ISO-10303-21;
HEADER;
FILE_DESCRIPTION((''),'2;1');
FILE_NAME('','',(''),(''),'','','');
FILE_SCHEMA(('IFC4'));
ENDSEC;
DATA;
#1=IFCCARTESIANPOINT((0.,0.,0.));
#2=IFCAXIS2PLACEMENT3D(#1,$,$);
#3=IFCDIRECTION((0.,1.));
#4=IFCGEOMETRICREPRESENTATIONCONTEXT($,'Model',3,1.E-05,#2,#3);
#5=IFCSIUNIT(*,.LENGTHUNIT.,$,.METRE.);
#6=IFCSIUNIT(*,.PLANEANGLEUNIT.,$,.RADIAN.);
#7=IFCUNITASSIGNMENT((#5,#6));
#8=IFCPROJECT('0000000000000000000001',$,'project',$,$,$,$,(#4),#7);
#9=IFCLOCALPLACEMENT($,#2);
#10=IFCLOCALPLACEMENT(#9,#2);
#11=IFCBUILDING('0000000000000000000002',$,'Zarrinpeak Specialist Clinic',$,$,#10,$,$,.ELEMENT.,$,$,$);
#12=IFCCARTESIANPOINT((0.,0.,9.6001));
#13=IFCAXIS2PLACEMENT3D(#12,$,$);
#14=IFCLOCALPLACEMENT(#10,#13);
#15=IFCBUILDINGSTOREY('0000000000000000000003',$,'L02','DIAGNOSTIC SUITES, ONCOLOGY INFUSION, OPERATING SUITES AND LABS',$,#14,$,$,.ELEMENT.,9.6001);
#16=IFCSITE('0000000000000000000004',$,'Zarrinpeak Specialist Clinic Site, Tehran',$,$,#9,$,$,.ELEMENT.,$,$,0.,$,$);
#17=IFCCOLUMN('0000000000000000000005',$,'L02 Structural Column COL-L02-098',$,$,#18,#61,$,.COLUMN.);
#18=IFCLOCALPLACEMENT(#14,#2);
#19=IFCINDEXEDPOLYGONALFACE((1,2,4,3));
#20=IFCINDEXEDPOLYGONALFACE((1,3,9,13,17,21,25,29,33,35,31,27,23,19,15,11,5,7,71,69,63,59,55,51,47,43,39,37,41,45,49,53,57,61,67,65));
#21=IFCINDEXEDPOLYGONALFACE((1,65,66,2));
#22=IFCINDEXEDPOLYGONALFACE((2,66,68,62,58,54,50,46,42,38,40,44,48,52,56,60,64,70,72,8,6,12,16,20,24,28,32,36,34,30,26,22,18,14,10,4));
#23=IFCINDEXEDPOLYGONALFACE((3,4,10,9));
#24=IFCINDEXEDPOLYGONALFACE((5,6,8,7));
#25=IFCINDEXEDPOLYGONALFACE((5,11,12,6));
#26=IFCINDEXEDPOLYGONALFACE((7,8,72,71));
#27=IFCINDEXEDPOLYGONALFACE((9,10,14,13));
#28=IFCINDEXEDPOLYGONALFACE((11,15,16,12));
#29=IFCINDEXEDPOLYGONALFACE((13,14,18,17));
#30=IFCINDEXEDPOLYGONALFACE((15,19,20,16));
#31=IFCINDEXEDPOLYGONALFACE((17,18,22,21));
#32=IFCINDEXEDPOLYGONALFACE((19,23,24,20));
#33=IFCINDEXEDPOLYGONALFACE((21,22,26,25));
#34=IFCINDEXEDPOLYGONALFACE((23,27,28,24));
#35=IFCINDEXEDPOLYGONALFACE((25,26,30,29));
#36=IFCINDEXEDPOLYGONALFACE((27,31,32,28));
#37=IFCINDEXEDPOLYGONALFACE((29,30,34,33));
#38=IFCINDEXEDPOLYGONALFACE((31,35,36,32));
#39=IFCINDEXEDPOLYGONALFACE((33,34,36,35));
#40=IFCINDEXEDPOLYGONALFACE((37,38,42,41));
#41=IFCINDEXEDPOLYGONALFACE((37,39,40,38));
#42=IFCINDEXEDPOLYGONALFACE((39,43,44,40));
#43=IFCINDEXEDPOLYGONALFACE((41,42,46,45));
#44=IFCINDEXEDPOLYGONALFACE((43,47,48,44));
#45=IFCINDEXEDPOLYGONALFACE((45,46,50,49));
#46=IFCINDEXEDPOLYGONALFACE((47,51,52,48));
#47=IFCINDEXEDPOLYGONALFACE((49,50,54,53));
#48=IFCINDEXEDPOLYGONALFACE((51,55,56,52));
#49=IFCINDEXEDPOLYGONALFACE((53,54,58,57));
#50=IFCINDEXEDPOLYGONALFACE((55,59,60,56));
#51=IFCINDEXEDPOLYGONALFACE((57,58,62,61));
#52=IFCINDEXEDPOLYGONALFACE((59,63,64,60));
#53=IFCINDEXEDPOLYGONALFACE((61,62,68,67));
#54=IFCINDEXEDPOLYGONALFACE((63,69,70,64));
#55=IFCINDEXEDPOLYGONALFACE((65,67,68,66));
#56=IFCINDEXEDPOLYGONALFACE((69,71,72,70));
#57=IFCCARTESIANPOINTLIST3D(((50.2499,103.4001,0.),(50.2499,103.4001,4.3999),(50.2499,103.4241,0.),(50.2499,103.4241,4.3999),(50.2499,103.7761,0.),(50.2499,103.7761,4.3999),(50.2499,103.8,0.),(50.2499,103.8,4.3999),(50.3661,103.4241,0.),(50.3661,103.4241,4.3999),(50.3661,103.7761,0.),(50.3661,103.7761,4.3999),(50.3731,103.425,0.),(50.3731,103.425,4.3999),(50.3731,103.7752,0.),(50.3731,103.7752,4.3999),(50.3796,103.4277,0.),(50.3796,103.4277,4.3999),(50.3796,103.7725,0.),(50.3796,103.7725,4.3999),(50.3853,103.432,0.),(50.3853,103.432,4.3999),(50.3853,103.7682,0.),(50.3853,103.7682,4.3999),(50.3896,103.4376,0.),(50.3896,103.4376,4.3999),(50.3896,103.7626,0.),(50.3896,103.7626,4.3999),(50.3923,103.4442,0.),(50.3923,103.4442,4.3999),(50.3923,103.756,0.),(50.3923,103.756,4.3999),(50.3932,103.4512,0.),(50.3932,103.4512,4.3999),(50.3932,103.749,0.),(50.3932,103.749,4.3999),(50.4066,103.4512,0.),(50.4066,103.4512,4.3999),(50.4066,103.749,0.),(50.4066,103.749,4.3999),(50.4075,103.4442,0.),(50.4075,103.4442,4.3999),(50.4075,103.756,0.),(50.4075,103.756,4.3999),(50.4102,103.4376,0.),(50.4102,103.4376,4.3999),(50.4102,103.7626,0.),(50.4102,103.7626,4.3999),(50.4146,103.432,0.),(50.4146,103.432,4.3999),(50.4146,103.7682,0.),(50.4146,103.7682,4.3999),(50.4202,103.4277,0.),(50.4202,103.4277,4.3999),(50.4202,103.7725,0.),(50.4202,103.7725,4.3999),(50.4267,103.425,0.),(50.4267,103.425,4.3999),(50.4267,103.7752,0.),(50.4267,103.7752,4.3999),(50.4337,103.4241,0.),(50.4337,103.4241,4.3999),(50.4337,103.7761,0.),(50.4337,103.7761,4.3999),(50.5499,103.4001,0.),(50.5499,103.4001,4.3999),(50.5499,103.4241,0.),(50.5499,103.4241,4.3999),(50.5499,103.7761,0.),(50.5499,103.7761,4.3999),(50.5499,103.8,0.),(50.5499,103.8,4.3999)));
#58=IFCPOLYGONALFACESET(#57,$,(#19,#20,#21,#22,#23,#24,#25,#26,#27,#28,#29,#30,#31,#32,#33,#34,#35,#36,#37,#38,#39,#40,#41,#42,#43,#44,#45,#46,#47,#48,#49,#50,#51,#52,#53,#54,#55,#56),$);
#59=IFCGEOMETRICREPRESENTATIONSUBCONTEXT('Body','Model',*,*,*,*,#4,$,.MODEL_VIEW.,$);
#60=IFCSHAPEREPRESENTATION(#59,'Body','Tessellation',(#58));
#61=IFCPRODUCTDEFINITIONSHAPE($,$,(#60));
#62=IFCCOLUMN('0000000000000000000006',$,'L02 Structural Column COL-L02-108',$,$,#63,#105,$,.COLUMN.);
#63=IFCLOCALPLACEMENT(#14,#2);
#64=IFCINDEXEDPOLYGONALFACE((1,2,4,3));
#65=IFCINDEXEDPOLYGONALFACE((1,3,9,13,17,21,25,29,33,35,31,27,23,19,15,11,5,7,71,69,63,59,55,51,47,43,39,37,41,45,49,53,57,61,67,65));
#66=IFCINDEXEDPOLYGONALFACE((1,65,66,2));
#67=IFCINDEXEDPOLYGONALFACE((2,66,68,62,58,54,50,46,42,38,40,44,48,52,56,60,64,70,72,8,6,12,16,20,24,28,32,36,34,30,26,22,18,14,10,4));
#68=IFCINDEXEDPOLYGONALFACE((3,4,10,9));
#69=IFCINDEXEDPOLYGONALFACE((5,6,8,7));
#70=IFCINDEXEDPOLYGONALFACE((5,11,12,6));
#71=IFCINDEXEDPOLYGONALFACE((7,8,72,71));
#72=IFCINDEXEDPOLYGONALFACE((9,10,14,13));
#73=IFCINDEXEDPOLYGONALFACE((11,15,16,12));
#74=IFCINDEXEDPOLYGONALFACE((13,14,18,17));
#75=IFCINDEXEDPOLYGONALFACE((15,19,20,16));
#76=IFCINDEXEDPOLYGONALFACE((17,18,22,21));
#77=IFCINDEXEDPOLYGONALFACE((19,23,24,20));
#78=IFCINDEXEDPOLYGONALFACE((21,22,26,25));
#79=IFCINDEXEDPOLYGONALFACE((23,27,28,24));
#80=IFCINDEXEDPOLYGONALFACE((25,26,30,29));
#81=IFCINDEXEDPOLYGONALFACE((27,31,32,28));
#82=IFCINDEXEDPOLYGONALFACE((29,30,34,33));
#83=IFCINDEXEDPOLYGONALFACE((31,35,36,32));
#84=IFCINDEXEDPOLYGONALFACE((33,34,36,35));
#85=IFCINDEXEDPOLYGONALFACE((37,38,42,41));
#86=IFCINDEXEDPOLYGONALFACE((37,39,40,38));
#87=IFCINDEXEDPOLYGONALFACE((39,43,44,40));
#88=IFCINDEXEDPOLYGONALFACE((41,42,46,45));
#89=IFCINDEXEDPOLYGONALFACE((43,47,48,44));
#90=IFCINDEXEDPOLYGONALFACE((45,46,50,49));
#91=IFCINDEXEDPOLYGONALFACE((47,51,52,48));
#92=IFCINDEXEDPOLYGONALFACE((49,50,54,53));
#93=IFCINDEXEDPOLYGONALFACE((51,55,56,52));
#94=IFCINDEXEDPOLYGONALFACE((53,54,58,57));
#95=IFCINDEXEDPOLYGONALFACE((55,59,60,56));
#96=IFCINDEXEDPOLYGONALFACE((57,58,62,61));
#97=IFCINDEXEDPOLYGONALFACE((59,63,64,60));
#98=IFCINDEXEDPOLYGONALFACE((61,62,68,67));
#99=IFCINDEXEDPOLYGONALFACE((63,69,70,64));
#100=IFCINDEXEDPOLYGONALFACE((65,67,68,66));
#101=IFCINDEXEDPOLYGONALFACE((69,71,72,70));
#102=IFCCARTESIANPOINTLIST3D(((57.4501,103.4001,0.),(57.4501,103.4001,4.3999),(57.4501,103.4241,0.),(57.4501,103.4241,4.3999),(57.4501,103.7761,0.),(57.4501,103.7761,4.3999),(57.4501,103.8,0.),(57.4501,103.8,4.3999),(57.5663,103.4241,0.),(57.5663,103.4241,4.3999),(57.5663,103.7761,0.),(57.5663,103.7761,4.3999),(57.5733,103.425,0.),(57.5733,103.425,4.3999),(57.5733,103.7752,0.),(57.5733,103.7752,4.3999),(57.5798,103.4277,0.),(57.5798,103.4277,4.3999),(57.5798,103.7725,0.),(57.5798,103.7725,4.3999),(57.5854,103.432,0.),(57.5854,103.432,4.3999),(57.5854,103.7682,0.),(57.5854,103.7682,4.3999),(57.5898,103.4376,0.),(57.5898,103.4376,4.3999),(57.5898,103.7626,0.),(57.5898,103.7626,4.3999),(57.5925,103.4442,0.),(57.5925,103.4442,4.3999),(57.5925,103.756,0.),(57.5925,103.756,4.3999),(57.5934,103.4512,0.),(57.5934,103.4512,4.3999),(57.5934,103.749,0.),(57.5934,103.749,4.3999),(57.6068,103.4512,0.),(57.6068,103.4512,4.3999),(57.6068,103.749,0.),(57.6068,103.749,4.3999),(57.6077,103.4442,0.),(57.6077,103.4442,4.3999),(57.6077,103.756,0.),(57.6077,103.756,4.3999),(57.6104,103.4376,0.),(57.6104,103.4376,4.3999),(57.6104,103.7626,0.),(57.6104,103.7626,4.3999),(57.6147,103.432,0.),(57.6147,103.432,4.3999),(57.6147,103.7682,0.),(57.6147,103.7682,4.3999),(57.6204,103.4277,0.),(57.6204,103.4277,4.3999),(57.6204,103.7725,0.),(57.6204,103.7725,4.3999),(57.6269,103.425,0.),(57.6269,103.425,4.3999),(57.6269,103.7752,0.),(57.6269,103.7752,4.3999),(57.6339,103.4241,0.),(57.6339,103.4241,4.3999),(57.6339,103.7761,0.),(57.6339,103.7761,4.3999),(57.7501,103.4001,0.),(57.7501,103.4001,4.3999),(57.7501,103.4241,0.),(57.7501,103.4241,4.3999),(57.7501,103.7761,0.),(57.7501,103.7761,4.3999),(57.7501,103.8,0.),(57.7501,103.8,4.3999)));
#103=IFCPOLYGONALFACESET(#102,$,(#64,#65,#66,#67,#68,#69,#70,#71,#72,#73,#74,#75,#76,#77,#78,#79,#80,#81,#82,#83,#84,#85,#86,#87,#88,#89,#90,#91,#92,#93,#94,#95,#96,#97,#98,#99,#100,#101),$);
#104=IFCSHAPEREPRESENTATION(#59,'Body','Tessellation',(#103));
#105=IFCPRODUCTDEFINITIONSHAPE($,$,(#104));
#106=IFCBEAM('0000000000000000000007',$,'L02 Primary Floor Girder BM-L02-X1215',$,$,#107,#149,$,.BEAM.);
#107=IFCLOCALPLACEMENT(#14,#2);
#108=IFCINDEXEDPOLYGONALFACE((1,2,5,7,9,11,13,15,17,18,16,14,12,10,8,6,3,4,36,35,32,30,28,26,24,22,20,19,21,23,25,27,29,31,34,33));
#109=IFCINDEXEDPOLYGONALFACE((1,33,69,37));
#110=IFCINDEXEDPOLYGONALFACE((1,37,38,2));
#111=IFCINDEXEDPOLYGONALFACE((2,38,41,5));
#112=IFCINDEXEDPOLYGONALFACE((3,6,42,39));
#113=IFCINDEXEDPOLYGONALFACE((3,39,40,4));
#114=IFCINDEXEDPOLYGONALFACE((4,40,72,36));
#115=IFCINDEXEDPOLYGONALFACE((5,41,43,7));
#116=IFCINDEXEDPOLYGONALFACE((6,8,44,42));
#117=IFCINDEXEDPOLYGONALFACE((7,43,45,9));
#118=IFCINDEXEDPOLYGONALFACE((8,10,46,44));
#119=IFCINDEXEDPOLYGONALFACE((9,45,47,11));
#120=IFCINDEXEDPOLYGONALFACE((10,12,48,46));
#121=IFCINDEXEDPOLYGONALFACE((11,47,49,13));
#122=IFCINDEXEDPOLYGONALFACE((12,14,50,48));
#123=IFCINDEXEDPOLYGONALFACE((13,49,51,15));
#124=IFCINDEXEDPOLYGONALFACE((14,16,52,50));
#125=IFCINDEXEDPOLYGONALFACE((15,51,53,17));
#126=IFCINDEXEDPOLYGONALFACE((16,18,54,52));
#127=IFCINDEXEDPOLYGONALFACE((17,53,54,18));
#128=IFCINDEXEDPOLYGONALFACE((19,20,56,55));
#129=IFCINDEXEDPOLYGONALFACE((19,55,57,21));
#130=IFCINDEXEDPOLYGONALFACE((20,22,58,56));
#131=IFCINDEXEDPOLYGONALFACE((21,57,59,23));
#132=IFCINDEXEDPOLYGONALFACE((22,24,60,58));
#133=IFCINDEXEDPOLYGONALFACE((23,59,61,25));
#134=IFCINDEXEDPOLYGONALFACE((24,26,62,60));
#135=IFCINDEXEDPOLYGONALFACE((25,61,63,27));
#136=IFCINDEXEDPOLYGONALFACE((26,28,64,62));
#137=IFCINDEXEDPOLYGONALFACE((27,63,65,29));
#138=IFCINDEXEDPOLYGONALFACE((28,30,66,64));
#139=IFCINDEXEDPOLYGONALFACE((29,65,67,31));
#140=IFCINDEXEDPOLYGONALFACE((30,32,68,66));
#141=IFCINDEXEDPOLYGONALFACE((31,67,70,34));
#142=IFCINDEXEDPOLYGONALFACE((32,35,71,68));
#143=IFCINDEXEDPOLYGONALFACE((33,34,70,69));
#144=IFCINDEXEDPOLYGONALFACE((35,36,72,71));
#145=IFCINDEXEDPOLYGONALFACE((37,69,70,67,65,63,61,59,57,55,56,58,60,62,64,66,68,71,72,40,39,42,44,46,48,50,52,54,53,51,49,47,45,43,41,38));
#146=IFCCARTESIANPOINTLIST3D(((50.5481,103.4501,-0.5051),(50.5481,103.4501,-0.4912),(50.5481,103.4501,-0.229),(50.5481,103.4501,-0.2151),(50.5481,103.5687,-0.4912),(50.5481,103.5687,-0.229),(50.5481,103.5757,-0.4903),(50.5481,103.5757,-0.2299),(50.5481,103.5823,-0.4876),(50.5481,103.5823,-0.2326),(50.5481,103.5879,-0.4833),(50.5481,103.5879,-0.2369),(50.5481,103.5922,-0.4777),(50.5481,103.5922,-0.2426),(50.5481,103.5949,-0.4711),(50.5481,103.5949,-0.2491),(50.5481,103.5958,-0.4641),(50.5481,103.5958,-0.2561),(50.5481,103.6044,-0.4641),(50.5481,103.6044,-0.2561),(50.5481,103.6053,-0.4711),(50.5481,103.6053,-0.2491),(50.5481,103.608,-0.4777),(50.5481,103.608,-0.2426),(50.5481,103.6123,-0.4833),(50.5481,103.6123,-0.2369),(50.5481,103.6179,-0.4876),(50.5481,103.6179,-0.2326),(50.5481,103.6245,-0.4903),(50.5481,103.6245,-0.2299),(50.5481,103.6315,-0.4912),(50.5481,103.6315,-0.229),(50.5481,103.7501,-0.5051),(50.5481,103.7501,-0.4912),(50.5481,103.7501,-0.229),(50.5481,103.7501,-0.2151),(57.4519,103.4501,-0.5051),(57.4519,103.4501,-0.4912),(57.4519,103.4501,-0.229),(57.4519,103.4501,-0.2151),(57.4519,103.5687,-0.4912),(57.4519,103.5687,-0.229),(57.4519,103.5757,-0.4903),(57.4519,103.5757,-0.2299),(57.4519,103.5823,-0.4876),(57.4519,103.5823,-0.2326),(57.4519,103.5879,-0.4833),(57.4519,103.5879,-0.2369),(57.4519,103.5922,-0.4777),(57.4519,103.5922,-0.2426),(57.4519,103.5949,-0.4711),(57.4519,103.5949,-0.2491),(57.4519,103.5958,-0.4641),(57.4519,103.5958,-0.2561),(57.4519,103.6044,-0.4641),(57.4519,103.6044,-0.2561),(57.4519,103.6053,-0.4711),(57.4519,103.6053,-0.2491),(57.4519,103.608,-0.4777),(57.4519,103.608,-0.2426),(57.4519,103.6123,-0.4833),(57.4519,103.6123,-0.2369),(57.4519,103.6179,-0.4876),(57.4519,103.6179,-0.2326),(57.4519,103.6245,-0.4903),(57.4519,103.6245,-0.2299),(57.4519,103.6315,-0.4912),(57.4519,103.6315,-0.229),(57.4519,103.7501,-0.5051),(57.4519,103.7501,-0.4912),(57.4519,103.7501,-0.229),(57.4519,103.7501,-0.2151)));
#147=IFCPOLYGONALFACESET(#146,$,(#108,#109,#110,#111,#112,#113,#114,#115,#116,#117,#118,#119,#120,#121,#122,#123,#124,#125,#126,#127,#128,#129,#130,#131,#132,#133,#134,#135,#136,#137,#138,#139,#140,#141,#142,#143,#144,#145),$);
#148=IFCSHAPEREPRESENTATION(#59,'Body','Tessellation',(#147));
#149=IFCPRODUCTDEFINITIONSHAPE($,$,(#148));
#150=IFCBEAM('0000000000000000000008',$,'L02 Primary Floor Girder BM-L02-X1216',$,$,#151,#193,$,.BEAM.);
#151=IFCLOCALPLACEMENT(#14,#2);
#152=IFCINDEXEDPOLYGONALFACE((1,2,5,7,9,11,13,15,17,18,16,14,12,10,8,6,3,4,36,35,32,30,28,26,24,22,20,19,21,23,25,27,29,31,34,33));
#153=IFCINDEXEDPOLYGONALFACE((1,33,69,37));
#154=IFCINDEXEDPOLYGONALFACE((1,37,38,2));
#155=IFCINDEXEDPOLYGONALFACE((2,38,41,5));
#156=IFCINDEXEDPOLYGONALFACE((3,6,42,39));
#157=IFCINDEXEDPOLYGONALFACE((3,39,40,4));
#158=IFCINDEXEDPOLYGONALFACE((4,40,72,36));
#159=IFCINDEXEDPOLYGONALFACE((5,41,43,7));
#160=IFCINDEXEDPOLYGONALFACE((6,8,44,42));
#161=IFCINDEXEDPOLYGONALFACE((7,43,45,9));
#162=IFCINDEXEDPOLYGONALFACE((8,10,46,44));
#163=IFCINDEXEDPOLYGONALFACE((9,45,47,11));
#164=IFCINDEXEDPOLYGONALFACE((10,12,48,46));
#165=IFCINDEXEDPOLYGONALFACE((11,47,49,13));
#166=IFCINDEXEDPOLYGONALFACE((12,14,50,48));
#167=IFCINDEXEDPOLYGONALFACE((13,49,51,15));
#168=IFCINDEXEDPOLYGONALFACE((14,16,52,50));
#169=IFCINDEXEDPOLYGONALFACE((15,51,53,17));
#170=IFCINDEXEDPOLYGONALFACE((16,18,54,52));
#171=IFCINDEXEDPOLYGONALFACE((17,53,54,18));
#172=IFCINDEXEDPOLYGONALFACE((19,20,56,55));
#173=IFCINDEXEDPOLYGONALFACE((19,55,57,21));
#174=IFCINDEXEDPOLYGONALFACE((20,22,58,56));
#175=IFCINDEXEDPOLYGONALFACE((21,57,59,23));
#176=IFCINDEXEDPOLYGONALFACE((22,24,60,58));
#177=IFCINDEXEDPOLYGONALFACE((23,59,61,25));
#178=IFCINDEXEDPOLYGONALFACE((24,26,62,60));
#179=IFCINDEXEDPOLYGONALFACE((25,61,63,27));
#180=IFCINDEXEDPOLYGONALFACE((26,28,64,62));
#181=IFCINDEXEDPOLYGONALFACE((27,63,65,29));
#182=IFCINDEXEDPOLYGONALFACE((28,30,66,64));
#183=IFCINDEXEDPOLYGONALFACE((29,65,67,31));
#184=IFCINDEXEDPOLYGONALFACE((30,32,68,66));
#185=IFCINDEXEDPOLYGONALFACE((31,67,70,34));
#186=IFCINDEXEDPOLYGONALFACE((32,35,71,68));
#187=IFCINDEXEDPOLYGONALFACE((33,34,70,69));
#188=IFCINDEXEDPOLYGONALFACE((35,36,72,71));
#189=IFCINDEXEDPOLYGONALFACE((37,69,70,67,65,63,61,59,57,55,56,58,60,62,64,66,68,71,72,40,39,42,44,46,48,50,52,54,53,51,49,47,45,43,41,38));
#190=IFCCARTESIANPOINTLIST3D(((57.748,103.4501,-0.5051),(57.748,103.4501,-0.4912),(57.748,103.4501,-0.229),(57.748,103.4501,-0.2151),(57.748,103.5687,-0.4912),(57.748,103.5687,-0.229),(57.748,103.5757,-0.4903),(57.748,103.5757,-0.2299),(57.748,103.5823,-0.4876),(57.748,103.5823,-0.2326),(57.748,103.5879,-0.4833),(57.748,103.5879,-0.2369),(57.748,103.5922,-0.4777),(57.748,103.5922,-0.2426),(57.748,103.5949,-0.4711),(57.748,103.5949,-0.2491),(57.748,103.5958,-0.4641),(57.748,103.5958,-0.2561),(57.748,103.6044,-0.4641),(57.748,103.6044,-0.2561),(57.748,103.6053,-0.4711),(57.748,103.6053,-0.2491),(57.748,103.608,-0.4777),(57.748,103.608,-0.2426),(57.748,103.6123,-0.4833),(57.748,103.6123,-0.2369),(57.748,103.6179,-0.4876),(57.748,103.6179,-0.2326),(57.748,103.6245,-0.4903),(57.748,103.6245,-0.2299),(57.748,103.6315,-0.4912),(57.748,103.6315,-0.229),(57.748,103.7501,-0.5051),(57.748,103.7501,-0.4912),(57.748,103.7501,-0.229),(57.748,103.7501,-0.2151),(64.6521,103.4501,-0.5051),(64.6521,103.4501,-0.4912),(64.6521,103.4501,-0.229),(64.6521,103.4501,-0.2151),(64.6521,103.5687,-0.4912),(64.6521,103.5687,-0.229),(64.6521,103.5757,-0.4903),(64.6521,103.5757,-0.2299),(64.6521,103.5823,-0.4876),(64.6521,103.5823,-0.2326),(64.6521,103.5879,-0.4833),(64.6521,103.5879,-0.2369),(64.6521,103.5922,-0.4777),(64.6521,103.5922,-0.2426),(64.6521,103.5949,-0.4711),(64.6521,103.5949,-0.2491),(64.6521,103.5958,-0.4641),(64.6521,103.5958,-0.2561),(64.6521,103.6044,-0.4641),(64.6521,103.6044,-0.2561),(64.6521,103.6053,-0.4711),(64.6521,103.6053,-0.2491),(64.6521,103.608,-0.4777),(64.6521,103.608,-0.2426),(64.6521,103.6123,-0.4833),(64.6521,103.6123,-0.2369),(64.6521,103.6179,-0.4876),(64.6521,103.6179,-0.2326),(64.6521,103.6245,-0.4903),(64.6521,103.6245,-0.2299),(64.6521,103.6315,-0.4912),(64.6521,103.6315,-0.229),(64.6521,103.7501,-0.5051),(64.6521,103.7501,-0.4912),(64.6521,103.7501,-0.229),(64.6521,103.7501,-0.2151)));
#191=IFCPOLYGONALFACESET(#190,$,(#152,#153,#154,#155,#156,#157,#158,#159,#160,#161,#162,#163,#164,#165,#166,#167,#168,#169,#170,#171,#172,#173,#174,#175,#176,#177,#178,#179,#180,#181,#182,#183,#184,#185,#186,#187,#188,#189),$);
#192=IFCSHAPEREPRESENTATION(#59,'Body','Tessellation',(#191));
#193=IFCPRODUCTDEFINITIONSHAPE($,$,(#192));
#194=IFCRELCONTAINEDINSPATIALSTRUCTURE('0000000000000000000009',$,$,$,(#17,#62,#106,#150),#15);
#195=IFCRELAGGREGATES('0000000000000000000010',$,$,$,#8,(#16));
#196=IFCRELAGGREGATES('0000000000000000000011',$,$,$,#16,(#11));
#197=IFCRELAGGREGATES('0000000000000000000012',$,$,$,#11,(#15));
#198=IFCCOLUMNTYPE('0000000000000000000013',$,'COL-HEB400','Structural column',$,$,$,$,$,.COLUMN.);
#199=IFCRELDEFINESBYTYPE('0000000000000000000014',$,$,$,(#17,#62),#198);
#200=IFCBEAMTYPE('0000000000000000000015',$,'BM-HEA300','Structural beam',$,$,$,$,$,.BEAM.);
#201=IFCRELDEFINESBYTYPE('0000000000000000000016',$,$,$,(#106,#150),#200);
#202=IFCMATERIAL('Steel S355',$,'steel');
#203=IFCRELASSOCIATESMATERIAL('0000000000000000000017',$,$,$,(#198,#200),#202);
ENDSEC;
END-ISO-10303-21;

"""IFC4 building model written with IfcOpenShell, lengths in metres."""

from ifc_helpers import new_model, si_unit, direction, frame, origin, origin_2d, place, context, subcontext, project, spatial, i_section, extrude, material, material_profile, profile_set, type_object, element, save


model = new_model("IFC4")

# Units and contexts
model_context = context("Model", 3, precision=1e-05, world=origin(), true_north=direction((0.0, 1.0)))
body_context = subcontext(model_context, "Body", "Model", "MODEL_VIEW")
ifc_project = project(units=[si_unit("LENGTHUNIT", "METRE"), si_unit("PLANEANGLEUNIT", "RADIAN")], contexts=[model_context])

# Site, building, storey
site_placement = place(None, origin())
site = spatial("IfcSite", under=ifc_project, at=site_placement, Name="Zarrinpeak Specialist Clinic Site, Tehran", CompositionType="ELEMENT", RefElevation=0.0)
building_placement = place(site_placement, origin())
building = spatial("IfcBuilding", under=site, at=building_placement, Name="Zarrinpeak Specialist Clinic", CompositionType="ELEMENT")
storey_placement = place(building_placement, frame((0.0, 0.0, 9.6001)))
storey = spatial("IfcBuildingStorey", under=building, at=storey_placement, Name="L02", Description="DIAGNOSTIC SUITES, ONCOLOGY INFUSION, OPERATING SUITES AND LABS", CompositionType="ELEMENT", Elevation=9.6001)

# Columns
ifc_material_1 = material(Name="Steel S355", Category="steel")
ifc_material_profile_1 = material_profile(ifc_material_1, i_section(OverallWidth=0.3, OverallDepth=0.3999, WebThickness=0.0134, FlangeThickness=0.0239, FilletRadius=0.0271, at=origin_2d()), Name="HEB 400")
ifc_profile_set_1 = profile_set([ifc_material_profile_1], Name="Steel S355")
column_type = type_object("IfcColumnType", Name="COL-HEB400", Description="Structural column", PredefinedType="COLUMN", material=ifc_profile_set_1)
for number, where, z_axis, x_axis, name in (
    (1, (50.3999, 103.6001, 0.0), (0.0, 0.0, 1.0), (1.0, 0.0, 0.0), "L02 Structural Column COL-L02-098"),
    (2, (57.6001, 103.6001, 0.0), (0.0, 0.0, 1.0), (1.0, 0.0, 0.0), "L02 Structural Column COL-L02-108"),
):
    element("IfcColumn", number, at=place(storey_placement, frame(where, z_axis=z_axis, x_axis=x_axis)), inside=storey, type_object=column_type, Name=name, PredefinedType="COLUMN", context=body_context, shape_type="SweptSolid", body=[
        extrude(i_section(OverallWidth=0.3, OverallDepth=0.3999, WebThickness=0.0134, FlangeThickness=0.0239, FilletRadius=0.0271, at=origin_2d()), origin(), (0.0, 0.0, 1.0), 4.3999),
    ])

# Beams
ifc_material_profile_2 = material_profile(ifc_material_1, i_section(OverallWidth=0.3, OverallDepth=0.29, WebThickness=0.0085, FlangeThickness=0.0139, FilletRadius=0.0271, at=origin_2d()), Name="HEA 300")
ifc_profile_set_2 = profile_set([ifc_material_profile_2], Name="Steel S355")
beam_type_1 = type_object("IfcBeamType", Name="BM-HEA300", Description="Structural beam", PredefinedType="BEAM", material=ifc_profile_set_2)
beam_1_placement = place(storey_placement, frame((50.5481, 103.6001, -0.3601), z_axis=(1.0, 0.0, 0.0), x_axis=(0.0, 1.0, 0.0)))
element("IfcBeam", 3, at=beam_1_placement, inside=storey, type_object=beam_type_1, Name="L02 Primary Floor Girder BM-L02-X1215", PredefinedType="BEAM", context=body_context, shape_type="SweptSolid", body=[
    extrude(i_section(OverallWidth=0.3, OverallDepth=0.29, WebThickness=0.0085, FlangeThickness=0.0139, FilletRadius=0.0271, at=origin_2d()), origin(), (0.0, 0.0, 1.0), 6.9038),
])
beam_2_placement = place(storey_placement, frame((57.748, 103.6001, -0.3601), z_axis=(1.0, 0.0, 0.0), x_axis=(0.0, 1.0, 0.0)))
element("IfcBeam", 4, at=beam_2_placement, inside=storey, type_object=beam_type_1, Name="L02 Primary Floor Girder BM-L02-X1216", PredefinedType="BEAM", context=body_context, shape_type="SweptSolid", body=[
    extrude(i_section(OverallWidth=0.3, OverallDepth=0.29, WebThickness=0.0085, FlangeThickness=0.0139, FilletRadius=0.0271, at=origin_2d()), origin(), (0.0, 0.0, 1.0), 6.9041),
])

save(model, "model.ifc")
